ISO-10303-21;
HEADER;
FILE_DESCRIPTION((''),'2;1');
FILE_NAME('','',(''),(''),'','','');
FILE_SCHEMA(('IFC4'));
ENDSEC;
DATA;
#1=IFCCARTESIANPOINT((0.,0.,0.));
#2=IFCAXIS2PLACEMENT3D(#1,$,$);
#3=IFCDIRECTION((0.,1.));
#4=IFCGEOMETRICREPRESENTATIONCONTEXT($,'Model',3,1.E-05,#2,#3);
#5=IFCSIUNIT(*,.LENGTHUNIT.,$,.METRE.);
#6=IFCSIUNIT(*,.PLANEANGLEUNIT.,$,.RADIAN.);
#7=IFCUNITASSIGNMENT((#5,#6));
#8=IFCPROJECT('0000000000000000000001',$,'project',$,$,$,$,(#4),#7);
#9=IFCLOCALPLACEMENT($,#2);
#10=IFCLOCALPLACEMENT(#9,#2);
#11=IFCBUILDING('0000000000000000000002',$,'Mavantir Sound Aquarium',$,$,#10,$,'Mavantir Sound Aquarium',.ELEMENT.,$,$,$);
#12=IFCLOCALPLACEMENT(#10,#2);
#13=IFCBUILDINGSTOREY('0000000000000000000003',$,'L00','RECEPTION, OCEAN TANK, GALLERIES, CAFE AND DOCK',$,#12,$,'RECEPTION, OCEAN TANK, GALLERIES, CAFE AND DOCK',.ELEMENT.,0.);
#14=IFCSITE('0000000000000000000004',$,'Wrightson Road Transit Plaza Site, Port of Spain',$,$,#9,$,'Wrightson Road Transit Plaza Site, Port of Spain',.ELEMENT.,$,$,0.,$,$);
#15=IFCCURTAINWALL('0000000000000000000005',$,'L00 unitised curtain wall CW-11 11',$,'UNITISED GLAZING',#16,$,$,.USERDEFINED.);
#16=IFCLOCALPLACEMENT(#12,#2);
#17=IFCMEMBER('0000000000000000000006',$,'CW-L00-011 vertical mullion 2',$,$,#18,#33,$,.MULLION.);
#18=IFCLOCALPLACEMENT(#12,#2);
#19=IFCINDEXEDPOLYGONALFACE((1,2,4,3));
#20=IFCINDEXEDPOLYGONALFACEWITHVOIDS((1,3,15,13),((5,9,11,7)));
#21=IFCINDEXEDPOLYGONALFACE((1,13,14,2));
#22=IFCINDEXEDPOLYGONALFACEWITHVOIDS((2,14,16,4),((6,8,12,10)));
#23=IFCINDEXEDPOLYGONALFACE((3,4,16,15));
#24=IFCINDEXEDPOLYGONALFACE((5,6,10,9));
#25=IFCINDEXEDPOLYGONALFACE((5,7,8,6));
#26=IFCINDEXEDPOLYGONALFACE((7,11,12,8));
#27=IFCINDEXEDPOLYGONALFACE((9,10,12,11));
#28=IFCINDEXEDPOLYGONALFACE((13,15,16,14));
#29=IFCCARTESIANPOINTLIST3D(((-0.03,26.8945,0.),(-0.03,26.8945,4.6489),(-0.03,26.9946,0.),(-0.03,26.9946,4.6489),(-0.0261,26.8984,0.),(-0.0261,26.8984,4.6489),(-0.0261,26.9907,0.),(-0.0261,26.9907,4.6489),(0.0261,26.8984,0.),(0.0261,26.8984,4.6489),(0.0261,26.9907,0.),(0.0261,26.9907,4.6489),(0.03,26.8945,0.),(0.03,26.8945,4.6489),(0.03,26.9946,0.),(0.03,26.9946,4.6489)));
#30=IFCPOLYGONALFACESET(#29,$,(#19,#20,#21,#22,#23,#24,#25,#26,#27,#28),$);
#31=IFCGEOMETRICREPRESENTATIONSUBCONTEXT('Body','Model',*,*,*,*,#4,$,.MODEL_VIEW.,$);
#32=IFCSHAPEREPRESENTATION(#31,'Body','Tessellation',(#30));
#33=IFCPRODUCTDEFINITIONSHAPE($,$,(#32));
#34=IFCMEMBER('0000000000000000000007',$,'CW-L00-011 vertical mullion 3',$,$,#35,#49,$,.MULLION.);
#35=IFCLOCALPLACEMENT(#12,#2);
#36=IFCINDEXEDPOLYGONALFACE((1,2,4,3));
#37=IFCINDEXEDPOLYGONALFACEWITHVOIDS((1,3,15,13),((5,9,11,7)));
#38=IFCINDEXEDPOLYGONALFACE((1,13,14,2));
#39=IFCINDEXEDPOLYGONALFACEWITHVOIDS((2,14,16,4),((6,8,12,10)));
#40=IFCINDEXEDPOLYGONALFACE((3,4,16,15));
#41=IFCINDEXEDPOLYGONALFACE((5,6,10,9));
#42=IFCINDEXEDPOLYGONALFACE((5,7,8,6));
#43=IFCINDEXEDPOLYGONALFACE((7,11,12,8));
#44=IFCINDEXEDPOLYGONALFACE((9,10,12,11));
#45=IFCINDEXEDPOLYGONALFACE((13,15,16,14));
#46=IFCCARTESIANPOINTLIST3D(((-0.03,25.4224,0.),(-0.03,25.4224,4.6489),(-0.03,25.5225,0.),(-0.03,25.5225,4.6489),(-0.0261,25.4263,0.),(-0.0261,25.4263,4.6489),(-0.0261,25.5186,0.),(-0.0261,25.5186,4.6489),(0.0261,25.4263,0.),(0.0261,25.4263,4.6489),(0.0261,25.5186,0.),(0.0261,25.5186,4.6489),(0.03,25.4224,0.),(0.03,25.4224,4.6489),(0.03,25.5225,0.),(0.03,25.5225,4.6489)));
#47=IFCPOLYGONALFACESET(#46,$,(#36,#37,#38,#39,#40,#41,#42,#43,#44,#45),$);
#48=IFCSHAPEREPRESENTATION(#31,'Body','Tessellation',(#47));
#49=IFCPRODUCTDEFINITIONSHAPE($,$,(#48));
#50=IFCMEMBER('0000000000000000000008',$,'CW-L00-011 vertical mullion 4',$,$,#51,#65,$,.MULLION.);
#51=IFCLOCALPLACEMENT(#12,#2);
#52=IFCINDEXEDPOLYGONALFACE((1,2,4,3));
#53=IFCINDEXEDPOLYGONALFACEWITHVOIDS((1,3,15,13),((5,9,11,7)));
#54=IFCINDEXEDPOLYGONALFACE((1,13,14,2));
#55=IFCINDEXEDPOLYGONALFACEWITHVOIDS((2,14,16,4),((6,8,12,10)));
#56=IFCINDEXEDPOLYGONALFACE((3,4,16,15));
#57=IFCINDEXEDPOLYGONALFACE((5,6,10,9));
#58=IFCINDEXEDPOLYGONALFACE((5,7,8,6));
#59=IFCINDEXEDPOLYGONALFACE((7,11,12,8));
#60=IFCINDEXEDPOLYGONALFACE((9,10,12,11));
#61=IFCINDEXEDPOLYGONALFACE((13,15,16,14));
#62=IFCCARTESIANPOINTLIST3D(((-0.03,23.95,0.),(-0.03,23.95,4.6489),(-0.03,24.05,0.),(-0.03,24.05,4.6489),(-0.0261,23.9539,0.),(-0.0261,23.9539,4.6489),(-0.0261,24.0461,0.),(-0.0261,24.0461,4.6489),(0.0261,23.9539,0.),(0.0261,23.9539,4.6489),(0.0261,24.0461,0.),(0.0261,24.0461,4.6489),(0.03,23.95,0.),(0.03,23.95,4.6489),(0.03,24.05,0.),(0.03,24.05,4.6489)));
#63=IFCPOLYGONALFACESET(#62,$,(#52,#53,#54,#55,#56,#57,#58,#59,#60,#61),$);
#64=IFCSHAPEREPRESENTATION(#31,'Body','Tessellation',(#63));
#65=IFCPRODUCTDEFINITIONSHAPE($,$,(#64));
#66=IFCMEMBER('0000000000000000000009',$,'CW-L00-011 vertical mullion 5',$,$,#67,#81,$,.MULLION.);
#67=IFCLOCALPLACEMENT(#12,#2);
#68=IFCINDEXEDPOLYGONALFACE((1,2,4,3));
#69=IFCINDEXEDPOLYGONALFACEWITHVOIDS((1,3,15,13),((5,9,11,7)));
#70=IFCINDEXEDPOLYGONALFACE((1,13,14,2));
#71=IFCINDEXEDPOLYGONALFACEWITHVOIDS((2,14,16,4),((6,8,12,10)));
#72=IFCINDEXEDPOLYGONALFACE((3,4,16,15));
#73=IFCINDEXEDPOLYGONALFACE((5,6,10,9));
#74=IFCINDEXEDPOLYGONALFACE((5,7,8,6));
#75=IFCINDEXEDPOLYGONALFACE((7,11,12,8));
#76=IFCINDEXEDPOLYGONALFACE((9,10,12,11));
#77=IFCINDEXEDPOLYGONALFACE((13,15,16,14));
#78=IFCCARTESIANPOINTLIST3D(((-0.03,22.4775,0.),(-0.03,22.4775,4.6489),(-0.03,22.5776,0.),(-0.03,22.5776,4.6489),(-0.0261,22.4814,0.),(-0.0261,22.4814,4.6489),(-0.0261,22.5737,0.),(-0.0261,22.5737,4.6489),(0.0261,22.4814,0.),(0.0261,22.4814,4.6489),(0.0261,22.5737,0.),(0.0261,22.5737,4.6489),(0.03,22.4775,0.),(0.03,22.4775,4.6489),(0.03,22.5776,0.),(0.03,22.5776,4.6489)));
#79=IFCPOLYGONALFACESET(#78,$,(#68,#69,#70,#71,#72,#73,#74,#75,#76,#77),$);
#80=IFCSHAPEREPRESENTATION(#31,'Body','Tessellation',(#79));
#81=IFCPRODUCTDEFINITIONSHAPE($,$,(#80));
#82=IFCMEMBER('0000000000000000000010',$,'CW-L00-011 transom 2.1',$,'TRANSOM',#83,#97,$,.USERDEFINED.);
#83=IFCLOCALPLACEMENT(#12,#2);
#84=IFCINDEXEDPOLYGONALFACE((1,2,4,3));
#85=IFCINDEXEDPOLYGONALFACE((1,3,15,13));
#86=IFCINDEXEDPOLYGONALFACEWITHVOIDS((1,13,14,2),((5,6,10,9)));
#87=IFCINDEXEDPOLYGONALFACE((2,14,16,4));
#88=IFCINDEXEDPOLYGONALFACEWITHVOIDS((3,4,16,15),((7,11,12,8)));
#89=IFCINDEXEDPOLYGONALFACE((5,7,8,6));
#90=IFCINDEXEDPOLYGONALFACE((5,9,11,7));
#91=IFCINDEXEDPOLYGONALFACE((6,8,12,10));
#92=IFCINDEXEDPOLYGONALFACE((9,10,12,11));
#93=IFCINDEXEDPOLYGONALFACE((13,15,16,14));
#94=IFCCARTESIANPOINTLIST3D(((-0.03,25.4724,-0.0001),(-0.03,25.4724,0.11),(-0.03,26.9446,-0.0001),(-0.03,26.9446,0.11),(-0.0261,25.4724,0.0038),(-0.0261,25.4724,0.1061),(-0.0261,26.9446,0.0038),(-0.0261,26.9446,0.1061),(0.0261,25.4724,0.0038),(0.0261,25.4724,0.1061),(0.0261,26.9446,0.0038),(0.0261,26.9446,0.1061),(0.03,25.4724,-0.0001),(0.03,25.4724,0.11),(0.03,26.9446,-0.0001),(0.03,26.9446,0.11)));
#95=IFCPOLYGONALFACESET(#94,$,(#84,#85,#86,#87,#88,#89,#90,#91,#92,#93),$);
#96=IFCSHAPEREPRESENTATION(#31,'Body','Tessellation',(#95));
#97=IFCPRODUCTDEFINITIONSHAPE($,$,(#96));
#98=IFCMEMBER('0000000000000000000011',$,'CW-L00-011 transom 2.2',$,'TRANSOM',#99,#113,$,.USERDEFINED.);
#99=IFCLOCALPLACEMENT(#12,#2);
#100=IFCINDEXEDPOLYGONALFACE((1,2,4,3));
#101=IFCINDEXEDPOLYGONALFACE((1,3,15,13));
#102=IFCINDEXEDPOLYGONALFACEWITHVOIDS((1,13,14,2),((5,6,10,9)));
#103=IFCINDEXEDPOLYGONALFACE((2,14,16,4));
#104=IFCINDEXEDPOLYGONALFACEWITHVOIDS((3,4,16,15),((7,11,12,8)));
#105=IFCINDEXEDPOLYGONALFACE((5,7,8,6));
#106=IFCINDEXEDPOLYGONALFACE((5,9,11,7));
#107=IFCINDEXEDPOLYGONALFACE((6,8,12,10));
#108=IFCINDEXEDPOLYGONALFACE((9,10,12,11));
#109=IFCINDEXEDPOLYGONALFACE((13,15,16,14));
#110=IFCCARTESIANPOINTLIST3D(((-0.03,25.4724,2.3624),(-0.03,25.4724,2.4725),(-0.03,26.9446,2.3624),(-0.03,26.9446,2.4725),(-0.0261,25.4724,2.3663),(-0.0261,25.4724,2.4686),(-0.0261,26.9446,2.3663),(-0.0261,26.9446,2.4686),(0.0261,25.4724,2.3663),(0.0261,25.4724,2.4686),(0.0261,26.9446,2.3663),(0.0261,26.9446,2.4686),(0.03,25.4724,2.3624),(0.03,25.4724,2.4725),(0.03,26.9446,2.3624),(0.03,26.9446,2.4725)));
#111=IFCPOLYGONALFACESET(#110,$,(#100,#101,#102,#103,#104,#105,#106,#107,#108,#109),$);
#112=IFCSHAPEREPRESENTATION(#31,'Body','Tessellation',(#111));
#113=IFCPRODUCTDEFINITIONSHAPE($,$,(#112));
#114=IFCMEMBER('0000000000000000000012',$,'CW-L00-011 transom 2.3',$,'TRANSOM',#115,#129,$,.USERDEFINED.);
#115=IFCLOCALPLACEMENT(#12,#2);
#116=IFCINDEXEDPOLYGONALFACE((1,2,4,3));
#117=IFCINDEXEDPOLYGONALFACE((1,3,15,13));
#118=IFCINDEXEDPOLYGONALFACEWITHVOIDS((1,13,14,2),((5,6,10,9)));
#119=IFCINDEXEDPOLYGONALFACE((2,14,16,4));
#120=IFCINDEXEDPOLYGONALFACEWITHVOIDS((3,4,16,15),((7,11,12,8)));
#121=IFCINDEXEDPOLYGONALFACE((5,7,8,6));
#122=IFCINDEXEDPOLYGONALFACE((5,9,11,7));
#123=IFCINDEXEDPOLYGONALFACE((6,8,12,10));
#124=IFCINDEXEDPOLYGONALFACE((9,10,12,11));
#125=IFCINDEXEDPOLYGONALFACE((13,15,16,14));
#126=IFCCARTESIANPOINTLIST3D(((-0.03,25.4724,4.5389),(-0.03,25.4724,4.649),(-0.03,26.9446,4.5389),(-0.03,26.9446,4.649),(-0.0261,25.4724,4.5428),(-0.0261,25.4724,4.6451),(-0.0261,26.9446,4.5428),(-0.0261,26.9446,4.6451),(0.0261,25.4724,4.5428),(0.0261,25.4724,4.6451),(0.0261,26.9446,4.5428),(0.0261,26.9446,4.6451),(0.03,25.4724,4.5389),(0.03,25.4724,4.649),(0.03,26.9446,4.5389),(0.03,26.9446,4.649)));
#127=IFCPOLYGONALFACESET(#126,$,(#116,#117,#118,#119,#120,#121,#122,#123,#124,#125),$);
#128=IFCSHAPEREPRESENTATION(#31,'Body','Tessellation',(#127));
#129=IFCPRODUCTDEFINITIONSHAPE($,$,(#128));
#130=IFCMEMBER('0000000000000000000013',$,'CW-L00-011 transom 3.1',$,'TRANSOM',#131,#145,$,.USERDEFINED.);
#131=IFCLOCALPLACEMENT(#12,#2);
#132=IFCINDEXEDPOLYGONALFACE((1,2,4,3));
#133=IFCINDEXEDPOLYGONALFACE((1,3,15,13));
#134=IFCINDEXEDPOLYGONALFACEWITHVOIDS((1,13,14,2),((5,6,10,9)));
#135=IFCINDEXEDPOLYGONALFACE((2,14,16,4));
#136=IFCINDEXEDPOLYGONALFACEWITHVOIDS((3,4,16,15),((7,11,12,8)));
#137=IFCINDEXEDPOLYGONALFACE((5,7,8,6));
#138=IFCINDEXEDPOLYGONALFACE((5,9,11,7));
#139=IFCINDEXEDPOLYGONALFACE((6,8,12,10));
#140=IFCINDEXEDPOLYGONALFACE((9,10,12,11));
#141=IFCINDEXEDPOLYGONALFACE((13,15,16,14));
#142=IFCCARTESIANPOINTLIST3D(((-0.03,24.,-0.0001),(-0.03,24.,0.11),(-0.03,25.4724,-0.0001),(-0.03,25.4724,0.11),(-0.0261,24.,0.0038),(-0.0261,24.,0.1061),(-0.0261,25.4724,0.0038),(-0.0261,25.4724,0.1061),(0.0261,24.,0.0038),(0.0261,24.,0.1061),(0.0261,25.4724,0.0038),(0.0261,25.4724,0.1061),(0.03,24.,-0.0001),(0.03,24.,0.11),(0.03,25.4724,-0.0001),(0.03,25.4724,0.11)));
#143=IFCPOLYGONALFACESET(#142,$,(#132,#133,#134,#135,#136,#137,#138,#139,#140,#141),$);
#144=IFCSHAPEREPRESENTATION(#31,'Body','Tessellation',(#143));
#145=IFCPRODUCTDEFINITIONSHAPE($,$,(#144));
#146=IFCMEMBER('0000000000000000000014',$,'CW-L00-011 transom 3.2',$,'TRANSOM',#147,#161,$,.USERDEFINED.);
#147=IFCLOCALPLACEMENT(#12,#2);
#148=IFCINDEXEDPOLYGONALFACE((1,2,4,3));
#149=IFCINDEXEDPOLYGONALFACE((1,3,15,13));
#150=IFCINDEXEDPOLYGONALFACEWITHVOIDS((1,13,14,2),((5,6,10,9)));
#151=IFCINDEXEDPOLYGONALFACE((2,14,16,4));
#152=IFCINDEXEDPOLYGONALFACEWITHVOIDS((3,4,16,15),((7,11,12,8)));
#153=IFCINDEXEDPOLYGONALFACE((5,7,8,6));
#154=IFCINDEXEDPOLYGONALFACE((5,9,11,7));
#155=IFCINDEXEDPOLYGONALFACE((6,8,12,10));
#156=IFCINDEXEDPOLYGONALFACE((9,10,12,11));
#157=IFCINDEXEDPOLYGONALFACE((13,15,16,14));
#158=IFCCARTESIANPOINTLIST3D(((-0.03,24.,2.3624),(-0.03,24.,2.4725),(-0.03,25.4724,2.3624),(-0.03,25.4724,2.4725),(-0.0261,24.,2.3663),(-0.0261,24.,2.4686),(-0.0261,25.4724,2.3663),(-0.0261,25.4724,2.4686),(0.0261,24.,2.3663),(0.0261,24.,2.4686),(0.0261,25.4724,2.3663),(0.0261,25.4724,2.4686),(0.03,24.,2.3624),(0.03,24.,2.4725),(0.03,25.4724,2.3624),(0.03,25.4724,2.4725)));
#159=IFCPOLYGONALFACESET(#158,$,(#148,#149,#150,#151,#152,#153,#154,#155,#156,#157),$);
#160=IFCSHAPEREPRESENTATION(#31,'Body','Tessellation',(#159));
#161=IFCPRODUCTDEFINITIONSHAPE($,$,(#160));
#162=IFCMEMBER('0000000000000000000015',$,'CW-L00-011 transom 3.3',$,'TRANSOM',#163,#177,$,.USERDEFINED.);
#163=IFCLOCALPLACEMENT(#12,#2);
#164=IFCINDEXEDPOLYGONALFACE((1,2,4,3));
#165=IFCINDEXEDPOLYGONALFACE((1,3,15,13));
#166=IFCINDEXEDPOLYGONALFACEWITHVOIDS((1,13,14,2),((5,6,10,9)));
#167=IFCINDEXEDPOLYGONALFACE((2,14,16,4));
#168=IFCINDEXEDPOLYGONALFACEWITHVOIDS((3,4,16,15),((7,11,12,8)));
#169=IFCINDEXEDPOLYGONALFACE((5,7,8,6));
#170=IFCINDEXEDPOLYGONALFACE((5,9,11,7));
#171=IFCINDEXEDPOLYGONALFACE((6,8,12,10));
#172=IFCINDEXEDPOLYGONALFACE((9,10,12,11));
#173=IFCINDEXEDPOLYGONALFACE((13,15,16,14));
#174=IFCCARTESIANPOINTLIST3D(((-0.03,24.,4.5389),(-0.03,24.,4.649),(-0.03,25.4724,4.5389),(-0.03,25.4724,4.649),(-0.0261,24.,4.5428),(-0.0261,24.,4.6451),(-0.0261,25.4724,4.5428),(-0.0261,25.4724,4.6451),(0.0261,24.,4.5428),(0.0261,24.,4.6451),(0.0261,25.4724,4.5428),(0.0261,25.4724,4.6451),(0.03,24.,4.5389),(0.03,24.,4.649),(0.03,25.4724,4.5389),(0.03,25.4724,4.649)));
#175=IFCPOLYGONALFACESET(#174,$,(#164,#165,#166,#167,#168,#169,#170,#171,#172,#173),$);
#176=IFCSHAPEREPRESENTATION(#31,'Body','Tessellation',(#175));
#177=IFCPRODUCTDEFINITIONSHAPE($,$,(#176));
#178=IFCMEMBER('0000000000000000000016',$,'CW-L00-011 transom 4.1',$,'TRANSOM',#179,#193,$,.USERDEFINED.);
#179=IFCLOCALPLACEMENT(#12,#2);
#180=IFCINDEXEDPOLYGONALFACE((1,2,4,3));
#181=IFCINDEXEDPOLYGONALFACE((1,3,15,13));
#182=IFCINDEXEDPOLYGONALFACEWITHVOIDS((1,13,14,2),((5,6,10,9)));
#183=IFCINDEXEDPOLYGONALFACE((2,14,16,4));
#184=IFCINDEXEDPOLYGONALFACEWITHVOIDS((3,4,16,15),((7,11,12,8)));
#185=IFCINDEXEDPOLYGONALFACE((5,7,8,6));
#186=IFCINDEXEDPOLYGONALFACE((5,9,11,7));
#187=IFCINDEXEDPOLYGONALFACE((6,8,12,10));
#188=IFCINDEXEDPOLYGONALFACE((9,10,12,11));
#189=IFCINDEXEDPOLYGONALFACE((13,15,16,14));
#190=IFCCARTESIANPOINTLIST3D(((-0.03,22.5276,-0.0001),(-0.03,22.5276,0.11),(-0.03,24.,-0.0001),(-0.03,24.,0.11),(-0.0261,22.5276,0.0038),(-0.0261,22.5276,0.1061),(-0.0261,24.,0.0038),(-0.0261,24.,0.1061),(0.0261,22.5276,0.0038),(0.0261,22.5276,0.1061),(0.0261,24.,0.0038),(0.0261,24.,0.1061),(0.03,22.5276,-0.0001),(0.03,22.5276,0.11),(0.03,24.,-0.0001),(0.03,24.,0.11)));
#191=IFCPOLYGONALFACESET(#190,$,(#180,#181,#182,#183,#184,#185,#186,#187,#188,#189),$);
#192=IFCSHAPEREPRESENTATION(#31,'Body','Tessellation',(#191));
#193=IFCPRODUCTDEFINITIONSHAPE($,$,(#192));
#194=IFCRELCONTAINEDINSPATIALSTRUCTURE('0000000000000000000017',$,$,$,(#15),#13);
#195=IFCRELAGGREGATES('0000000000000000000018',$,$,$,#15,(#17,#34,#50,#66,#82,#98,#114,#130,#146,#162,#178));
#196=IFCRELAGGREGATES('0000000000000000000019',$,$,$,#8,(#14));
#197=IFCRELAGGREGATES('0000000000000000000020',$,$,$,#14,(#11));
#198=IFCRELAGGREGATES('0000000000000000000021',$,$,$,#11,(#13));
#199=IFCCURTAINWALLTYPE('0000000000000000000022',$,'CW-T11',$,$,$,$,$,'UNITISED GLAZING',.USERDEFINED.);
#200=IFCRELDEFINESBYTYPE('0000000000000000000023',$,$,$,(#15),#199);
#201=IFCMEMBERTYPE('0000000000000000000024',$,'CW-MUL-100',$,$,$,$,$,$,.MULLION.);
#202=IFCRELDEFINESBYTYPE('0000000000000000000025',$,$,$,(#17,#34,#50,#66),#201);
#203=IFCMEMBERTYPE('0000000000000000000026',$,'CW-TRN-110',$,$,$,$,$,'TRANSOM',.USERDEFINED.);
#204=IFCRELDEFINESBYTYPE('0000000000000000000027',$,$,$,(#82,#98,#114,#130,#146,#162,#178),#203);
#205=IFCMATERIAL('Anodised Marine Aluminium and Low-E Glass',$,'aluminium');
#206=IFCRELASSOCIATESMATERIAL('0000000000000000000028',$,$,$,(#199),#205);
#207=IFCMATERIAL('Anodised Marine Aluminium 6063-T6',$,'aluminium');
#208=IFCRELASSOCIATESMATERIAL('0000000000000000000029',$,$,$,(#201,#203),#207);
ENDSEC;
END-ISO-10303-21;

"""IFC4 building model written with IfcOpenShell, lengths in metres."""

from ifc_helpers import new_model, si_unit, direction, frame, origin, origin_2d, place, context, subcontext, project, spatial, hollow_rectangle, extrude, material, material_profile, profile_set, type_object, element, aggregate, save


model = new_model("IFC4")

# Units and contexts
model_context = context("Model", 3, precision=1e-05, world=origin(), true_north=direction((0.0, 1.0)))
body_context = subcontext(model_context, "Body", "Model", "MODEL_VIEW")
ifc_project = project(units=[si_unit("LENGTHUNIT", "METRE"), si_unit("PLANEANGLEUNIT", "RADIAN")], contexts=[model_context])

# Site, building, storey
site_placement = place(None, origin())
site = spatial("IfcSite", under=ifc_project, at=site_placement, Name="Wrightson Road Transit Plaza Site, Port of Spain", LongName="Wrightson Road Transit Plaza Site, Port of Spain", CompositionType="ELEMENT", RefElevation=0.0)
building_placement = place(site_placement, origin())
building = spatial("IfcBuilding", under=site, at=building_placement, Name="Mavantir Sound Aquarium", LongName="Mavantir Sound Aquarium", CompositionType="ELEMENT")
storey_placement = place(building_placement, origin())
storey = spatial("IfcBuildingStorey", under=building, at=storey_placement, Name="L00", Description="RECEPTION, OCEAN TANK, GALLERIES, CAFE AND DOCK", LongName="RECEPTION, OCEAN TANK, GALLERIES, CAFE AND DOCK", CompositionType="ELEMENT", Elevation=0.0)

# Curtain wall, members
ifc_material_1 = material(Name="Anodised Marine Aluminium and Low-E Glass", Category="aluminium")
curtain_wall_type = type_object("IfcCurtainWallType", Name="CW-T11", ElementType="UNITISED GLAZING", PredefinedType="USERDEFINED", material=ifc_material_1)
curtain_wall_placement = place(storey_placement, origin())
curtain_wall = element("IfcCurtainWall", 1, at=curtain_wall_placement, inside=storey, type_object=curtain_wall_type, Name="L00 unitised curtain wall CW-11 11", ObjectType="UNITISED GLAZING", PredefinedType="USERDEFINED")
ifc_material_2 = material(Name="Anodised Marine Aluminium 6063-T6", Category="aluminium")
ifc_material_profile_1 = material_profile(ifc_material_2, hollow_rectangle(XDim=0.0601, YDim=0.1001, WallThickness=0.0039, at=origin_2d()), Name="ALU-MULLION-100X60")
ifc_profile_set_1 = profile_set([ifc_material_profile_1], Name="Anodised Marine Aluminium 6063-T6")
member_type_1 = type_object("IfcMemberType", Name="CW-MUL-100", PredefinedType="MULLION", material=ifc_profile_set_1)
member_1_placement = place(storey_placement, frame((0.0, 26.9446, 0.0), z_axis=(0.0, 0.0, 1.0), x_axis=(1.0, 0.0, 0.0)))
member_1 = element("IfcMember", 2, at=member_1_placement, type_object=member_type_1, Name="CW-L00-011 vertical mullion 2", PredefinedType="MULLION", context=body_context, shape_type="SweptSolid", body=[
    extrude(hollow_rectangle(XDim=0.0601, YDim=0.1001, WallThickness=0.0039, at=origin_2d()), origin(), (0.0, 0.0, 1.0), 4.6489),
])
member_2_placement = place(storey_placement, frame((0.0, 25.4724, 0.0), z_axis=(0.0, 0.0, 1.0), x_axis=(1.0, 0.0, 0.0)))
member_2 = element("IfcMember", 3, at=member_2_placement, type_object=member_type_1, Name="CW-L00-011 vertical mullion 3", PredefinedType="MULLION", context=body_context, shape_type="SweptSolid", body=[
    extrude(hollow_rectangle(XDim=0.0601, YDim=0.1001, WallThickness=0.0039, at=origin_2d()), origin(), (0.0, 0.0, 1.0), 4.6489),
])
member_3_placement = place(storey_placement, frame((0.0, 24.0, 0.0), z_axis=(0.0, 0.0, 1.0), x_axis=(1.0, 0.0, 0.0)))
member_3 = element("IfcMember", 4, at=member_3_placement, type_object=member_type_1, Name="CW-L00-011 vertical mullion 4", PredefinedType="MULLION", context=body_context, shape_type="SweptSolid", body=[
    extrude(hollow_rectangle(XDim=0.0601, YDim=0.1001, WallThickness=0.0039, at=origin_2d()), origin(), (0.0, 0.0, 1.0), 4.6489),
])
member_4_placement = place(storey_placement, frame((0.0, 22.5276, 0.0), z_axis=(0.0, 0.0, 1.0), x_axis=(1.0, 0.0, 0.0)))
member_4 = element("IfcMember", 5, at=member_4_placement, type_object=member_type_1, Name="CW-L00-011 vertical mullion 5", PredefinedType="MULLION", context=body_context, shape_type="SweptSolid", body=[
    extrude(hollow_rectangle(XDim=0.0601, YDim=0.1001, WallThickness=0.0039, at=origin_2d()), origin(), (0.0, 0.0, 1.0), 4.6489),
])
ifc_material_profile_2 = material_profile(ifc_material_2, hollow_rectangle(XDim=0.0601, YDim=0.1101, WallThickness=0.0039, at=origin_2d()), Name="ALU-TRANSOM-110X60")
ifc_profile_set_2 = profile_set([ifc_material_profile_2], Name="Anodised Marine Aluminium 6063-T6")
member_type_2 = type_object("IfcMemberType", Name="CW-TRN-110", ElementType="TRANSOM", PredefinedType="USERDEFINED", material=ifc_profile_set_2)
member_5_placement = place(storey_placement, frame((0.0, 26.9446, 0.0549), z_axis=(0.0, -1.0, 0.0), x_axis=(1.0, 0.0, 0.0)))
member_5 = element("IfcMember", 6, at=member_5_placement, type_object=member_type_2, Name="CW-L00-011 transom 2.1", ObjectType="TRANSOM", PredefinedType="USERDEFINED", context=body_context, shape_type="SweptSolid", body=[
    extrude(hollow_rectangle(XDim=0.0601, YDim=0.1101, WallThickness=0.0039, at=origin_2d()), origin(), (0.0, 0.0, 1.0), 1.4722),
])
member_6_placement = place(storey_placement, frame((0.0, 26.9446, 2.4175), z_axis=(0.0, -1.0, 0.0), x_axis=(1.0, 0.0, 0.0)))
member_6 = element("IfcMember", 7, at=member_6_placement, type_object=member_type_2, Name="CW-L00-011 transom 2.2", ObjectType="TRANSOM", PredefinedType="USERDEFINED", context=body_context, shape_type="SweptSolid", body=[
    extrude(hollow_rectangle(XDim=0.0601, YDim=0.1101, WallThickness=0.0039, at=origin_2d()), origin(), (0.0, 0.0, 1.0), 1.4722),
])
member_7_placement = place(storey_placement, frame((0.0, 26.9446, 4.594), z_axis=(0.0, -1.0, 0.0), x_axis=(1.0, 0.0, 0.0)))
member_7 = element("IfcMember", 8, at=member_7_placement, type_object=member_type_2, Name="CW-L00-011 transom 2.3", ObjectType="TRANSOM", PredefinedType="USERDEFINED", context=body_context, shape_type="SweptSolid", body=[
    extrude(hollow_rectangle(XDim=0.0601, YDim=0.1101, WallThickness=0.0039, at=origin_2d()), origin(), (0.0, 0.0, 1.0), 1.4722),
])
member_8_placement = place(storey_placement, frame((0.0, 25.4724, 0.0549), z_axis=(0.0, -1.0, 0.0), x_axis=(1.0, 0.0, 0.0)))
member_8 = element("IfcMember", 9, at=member_8_placement, type_object=member_type_2, Name="CW-L00-011 transom 3.1", ObjectType="TRANSOM", PredefinedType="USERDEFINED", context=body_context, shape_type="SweptSolid", body=[
    extrude(hollow_rectangle(XDim=0.0601, YDim=0.1101, WallThickness=0.0039, at=origin_2d()), origin(), (0.0, 0.0, 1.0), 1.4724),
])
member_9_placement = place(storey_placement, frame((0.0, 25.4724, 2.4175), z_axis=(0.0, -1.0, 0.0), x_axis=(1.0, 0.0, 0.0)))
member_9 = element("IfcMember", 10, at=member_9_placement, type_object=member_type_2, Name="CW-L00-011 transom 3.2", ObjectType="TRANSOM", PredefinedType="USERDEFINED", context=body_context, shape_type="SweptSolid", body=[
    extrude(hollow_rectangle(XDim=0.0601, YDim=0.1101, WallThickness=0.0039, at=origin_2d()), origin(), (0.0, 0.0, 1.0), 1.4724),
])
member_10_placement = place(storey_placement, frame((0.0, 25.4724, 4.594), z_axis=(0.0, -1.0, 0.0), x_axis=(1.0, 0.0, 0.0)))
member_10 = element("IfcMember", 11, at=member_10_placement, type_object=member_type_2, Name="CW-L00-011 transom 3.3", ObjectType="TRANSOM", PredefinedType="USERDEFINED", context=body_context, shape_type="SweptSolid", body=[
    extrude(hollow_rectangle(XDim=0.0601, YDim=0.1101, WallThickness=0.0039, at=origin_2d()), origin(), (0.0, 0.0, 1.0), 1.4724),
])
member_11_placement = place(storey_placement, frame((0.0, 24.0, 0.0549), z_axis=(0.0, -1.0, 0.0), x_axis=(1.0, 0.0, 0.0)))
member_11 = element("IfcMember", 12, at=member_11_placement, type_object=member_type_2, Name="CW-L00-011 transom 4.1", ObjectType="TRANSOM", PredefinedType="USERDEFINED", context=body_context, shape_type="SweptSolid", body=[
    extrude(hollow_rectangle(XDim=0.0601, YDim=0.1101, WallThickness=0.0039, at=origin_2d()), origin(), (0.0, 0.0, 1.0), 1.4724),
])
aggregate(curtain_wall, [member_1, member_2, member_3, member_4, member_5, member_6, member_7, member_8, member_9, member_10, member_11])

save(model, "model.ifc")
